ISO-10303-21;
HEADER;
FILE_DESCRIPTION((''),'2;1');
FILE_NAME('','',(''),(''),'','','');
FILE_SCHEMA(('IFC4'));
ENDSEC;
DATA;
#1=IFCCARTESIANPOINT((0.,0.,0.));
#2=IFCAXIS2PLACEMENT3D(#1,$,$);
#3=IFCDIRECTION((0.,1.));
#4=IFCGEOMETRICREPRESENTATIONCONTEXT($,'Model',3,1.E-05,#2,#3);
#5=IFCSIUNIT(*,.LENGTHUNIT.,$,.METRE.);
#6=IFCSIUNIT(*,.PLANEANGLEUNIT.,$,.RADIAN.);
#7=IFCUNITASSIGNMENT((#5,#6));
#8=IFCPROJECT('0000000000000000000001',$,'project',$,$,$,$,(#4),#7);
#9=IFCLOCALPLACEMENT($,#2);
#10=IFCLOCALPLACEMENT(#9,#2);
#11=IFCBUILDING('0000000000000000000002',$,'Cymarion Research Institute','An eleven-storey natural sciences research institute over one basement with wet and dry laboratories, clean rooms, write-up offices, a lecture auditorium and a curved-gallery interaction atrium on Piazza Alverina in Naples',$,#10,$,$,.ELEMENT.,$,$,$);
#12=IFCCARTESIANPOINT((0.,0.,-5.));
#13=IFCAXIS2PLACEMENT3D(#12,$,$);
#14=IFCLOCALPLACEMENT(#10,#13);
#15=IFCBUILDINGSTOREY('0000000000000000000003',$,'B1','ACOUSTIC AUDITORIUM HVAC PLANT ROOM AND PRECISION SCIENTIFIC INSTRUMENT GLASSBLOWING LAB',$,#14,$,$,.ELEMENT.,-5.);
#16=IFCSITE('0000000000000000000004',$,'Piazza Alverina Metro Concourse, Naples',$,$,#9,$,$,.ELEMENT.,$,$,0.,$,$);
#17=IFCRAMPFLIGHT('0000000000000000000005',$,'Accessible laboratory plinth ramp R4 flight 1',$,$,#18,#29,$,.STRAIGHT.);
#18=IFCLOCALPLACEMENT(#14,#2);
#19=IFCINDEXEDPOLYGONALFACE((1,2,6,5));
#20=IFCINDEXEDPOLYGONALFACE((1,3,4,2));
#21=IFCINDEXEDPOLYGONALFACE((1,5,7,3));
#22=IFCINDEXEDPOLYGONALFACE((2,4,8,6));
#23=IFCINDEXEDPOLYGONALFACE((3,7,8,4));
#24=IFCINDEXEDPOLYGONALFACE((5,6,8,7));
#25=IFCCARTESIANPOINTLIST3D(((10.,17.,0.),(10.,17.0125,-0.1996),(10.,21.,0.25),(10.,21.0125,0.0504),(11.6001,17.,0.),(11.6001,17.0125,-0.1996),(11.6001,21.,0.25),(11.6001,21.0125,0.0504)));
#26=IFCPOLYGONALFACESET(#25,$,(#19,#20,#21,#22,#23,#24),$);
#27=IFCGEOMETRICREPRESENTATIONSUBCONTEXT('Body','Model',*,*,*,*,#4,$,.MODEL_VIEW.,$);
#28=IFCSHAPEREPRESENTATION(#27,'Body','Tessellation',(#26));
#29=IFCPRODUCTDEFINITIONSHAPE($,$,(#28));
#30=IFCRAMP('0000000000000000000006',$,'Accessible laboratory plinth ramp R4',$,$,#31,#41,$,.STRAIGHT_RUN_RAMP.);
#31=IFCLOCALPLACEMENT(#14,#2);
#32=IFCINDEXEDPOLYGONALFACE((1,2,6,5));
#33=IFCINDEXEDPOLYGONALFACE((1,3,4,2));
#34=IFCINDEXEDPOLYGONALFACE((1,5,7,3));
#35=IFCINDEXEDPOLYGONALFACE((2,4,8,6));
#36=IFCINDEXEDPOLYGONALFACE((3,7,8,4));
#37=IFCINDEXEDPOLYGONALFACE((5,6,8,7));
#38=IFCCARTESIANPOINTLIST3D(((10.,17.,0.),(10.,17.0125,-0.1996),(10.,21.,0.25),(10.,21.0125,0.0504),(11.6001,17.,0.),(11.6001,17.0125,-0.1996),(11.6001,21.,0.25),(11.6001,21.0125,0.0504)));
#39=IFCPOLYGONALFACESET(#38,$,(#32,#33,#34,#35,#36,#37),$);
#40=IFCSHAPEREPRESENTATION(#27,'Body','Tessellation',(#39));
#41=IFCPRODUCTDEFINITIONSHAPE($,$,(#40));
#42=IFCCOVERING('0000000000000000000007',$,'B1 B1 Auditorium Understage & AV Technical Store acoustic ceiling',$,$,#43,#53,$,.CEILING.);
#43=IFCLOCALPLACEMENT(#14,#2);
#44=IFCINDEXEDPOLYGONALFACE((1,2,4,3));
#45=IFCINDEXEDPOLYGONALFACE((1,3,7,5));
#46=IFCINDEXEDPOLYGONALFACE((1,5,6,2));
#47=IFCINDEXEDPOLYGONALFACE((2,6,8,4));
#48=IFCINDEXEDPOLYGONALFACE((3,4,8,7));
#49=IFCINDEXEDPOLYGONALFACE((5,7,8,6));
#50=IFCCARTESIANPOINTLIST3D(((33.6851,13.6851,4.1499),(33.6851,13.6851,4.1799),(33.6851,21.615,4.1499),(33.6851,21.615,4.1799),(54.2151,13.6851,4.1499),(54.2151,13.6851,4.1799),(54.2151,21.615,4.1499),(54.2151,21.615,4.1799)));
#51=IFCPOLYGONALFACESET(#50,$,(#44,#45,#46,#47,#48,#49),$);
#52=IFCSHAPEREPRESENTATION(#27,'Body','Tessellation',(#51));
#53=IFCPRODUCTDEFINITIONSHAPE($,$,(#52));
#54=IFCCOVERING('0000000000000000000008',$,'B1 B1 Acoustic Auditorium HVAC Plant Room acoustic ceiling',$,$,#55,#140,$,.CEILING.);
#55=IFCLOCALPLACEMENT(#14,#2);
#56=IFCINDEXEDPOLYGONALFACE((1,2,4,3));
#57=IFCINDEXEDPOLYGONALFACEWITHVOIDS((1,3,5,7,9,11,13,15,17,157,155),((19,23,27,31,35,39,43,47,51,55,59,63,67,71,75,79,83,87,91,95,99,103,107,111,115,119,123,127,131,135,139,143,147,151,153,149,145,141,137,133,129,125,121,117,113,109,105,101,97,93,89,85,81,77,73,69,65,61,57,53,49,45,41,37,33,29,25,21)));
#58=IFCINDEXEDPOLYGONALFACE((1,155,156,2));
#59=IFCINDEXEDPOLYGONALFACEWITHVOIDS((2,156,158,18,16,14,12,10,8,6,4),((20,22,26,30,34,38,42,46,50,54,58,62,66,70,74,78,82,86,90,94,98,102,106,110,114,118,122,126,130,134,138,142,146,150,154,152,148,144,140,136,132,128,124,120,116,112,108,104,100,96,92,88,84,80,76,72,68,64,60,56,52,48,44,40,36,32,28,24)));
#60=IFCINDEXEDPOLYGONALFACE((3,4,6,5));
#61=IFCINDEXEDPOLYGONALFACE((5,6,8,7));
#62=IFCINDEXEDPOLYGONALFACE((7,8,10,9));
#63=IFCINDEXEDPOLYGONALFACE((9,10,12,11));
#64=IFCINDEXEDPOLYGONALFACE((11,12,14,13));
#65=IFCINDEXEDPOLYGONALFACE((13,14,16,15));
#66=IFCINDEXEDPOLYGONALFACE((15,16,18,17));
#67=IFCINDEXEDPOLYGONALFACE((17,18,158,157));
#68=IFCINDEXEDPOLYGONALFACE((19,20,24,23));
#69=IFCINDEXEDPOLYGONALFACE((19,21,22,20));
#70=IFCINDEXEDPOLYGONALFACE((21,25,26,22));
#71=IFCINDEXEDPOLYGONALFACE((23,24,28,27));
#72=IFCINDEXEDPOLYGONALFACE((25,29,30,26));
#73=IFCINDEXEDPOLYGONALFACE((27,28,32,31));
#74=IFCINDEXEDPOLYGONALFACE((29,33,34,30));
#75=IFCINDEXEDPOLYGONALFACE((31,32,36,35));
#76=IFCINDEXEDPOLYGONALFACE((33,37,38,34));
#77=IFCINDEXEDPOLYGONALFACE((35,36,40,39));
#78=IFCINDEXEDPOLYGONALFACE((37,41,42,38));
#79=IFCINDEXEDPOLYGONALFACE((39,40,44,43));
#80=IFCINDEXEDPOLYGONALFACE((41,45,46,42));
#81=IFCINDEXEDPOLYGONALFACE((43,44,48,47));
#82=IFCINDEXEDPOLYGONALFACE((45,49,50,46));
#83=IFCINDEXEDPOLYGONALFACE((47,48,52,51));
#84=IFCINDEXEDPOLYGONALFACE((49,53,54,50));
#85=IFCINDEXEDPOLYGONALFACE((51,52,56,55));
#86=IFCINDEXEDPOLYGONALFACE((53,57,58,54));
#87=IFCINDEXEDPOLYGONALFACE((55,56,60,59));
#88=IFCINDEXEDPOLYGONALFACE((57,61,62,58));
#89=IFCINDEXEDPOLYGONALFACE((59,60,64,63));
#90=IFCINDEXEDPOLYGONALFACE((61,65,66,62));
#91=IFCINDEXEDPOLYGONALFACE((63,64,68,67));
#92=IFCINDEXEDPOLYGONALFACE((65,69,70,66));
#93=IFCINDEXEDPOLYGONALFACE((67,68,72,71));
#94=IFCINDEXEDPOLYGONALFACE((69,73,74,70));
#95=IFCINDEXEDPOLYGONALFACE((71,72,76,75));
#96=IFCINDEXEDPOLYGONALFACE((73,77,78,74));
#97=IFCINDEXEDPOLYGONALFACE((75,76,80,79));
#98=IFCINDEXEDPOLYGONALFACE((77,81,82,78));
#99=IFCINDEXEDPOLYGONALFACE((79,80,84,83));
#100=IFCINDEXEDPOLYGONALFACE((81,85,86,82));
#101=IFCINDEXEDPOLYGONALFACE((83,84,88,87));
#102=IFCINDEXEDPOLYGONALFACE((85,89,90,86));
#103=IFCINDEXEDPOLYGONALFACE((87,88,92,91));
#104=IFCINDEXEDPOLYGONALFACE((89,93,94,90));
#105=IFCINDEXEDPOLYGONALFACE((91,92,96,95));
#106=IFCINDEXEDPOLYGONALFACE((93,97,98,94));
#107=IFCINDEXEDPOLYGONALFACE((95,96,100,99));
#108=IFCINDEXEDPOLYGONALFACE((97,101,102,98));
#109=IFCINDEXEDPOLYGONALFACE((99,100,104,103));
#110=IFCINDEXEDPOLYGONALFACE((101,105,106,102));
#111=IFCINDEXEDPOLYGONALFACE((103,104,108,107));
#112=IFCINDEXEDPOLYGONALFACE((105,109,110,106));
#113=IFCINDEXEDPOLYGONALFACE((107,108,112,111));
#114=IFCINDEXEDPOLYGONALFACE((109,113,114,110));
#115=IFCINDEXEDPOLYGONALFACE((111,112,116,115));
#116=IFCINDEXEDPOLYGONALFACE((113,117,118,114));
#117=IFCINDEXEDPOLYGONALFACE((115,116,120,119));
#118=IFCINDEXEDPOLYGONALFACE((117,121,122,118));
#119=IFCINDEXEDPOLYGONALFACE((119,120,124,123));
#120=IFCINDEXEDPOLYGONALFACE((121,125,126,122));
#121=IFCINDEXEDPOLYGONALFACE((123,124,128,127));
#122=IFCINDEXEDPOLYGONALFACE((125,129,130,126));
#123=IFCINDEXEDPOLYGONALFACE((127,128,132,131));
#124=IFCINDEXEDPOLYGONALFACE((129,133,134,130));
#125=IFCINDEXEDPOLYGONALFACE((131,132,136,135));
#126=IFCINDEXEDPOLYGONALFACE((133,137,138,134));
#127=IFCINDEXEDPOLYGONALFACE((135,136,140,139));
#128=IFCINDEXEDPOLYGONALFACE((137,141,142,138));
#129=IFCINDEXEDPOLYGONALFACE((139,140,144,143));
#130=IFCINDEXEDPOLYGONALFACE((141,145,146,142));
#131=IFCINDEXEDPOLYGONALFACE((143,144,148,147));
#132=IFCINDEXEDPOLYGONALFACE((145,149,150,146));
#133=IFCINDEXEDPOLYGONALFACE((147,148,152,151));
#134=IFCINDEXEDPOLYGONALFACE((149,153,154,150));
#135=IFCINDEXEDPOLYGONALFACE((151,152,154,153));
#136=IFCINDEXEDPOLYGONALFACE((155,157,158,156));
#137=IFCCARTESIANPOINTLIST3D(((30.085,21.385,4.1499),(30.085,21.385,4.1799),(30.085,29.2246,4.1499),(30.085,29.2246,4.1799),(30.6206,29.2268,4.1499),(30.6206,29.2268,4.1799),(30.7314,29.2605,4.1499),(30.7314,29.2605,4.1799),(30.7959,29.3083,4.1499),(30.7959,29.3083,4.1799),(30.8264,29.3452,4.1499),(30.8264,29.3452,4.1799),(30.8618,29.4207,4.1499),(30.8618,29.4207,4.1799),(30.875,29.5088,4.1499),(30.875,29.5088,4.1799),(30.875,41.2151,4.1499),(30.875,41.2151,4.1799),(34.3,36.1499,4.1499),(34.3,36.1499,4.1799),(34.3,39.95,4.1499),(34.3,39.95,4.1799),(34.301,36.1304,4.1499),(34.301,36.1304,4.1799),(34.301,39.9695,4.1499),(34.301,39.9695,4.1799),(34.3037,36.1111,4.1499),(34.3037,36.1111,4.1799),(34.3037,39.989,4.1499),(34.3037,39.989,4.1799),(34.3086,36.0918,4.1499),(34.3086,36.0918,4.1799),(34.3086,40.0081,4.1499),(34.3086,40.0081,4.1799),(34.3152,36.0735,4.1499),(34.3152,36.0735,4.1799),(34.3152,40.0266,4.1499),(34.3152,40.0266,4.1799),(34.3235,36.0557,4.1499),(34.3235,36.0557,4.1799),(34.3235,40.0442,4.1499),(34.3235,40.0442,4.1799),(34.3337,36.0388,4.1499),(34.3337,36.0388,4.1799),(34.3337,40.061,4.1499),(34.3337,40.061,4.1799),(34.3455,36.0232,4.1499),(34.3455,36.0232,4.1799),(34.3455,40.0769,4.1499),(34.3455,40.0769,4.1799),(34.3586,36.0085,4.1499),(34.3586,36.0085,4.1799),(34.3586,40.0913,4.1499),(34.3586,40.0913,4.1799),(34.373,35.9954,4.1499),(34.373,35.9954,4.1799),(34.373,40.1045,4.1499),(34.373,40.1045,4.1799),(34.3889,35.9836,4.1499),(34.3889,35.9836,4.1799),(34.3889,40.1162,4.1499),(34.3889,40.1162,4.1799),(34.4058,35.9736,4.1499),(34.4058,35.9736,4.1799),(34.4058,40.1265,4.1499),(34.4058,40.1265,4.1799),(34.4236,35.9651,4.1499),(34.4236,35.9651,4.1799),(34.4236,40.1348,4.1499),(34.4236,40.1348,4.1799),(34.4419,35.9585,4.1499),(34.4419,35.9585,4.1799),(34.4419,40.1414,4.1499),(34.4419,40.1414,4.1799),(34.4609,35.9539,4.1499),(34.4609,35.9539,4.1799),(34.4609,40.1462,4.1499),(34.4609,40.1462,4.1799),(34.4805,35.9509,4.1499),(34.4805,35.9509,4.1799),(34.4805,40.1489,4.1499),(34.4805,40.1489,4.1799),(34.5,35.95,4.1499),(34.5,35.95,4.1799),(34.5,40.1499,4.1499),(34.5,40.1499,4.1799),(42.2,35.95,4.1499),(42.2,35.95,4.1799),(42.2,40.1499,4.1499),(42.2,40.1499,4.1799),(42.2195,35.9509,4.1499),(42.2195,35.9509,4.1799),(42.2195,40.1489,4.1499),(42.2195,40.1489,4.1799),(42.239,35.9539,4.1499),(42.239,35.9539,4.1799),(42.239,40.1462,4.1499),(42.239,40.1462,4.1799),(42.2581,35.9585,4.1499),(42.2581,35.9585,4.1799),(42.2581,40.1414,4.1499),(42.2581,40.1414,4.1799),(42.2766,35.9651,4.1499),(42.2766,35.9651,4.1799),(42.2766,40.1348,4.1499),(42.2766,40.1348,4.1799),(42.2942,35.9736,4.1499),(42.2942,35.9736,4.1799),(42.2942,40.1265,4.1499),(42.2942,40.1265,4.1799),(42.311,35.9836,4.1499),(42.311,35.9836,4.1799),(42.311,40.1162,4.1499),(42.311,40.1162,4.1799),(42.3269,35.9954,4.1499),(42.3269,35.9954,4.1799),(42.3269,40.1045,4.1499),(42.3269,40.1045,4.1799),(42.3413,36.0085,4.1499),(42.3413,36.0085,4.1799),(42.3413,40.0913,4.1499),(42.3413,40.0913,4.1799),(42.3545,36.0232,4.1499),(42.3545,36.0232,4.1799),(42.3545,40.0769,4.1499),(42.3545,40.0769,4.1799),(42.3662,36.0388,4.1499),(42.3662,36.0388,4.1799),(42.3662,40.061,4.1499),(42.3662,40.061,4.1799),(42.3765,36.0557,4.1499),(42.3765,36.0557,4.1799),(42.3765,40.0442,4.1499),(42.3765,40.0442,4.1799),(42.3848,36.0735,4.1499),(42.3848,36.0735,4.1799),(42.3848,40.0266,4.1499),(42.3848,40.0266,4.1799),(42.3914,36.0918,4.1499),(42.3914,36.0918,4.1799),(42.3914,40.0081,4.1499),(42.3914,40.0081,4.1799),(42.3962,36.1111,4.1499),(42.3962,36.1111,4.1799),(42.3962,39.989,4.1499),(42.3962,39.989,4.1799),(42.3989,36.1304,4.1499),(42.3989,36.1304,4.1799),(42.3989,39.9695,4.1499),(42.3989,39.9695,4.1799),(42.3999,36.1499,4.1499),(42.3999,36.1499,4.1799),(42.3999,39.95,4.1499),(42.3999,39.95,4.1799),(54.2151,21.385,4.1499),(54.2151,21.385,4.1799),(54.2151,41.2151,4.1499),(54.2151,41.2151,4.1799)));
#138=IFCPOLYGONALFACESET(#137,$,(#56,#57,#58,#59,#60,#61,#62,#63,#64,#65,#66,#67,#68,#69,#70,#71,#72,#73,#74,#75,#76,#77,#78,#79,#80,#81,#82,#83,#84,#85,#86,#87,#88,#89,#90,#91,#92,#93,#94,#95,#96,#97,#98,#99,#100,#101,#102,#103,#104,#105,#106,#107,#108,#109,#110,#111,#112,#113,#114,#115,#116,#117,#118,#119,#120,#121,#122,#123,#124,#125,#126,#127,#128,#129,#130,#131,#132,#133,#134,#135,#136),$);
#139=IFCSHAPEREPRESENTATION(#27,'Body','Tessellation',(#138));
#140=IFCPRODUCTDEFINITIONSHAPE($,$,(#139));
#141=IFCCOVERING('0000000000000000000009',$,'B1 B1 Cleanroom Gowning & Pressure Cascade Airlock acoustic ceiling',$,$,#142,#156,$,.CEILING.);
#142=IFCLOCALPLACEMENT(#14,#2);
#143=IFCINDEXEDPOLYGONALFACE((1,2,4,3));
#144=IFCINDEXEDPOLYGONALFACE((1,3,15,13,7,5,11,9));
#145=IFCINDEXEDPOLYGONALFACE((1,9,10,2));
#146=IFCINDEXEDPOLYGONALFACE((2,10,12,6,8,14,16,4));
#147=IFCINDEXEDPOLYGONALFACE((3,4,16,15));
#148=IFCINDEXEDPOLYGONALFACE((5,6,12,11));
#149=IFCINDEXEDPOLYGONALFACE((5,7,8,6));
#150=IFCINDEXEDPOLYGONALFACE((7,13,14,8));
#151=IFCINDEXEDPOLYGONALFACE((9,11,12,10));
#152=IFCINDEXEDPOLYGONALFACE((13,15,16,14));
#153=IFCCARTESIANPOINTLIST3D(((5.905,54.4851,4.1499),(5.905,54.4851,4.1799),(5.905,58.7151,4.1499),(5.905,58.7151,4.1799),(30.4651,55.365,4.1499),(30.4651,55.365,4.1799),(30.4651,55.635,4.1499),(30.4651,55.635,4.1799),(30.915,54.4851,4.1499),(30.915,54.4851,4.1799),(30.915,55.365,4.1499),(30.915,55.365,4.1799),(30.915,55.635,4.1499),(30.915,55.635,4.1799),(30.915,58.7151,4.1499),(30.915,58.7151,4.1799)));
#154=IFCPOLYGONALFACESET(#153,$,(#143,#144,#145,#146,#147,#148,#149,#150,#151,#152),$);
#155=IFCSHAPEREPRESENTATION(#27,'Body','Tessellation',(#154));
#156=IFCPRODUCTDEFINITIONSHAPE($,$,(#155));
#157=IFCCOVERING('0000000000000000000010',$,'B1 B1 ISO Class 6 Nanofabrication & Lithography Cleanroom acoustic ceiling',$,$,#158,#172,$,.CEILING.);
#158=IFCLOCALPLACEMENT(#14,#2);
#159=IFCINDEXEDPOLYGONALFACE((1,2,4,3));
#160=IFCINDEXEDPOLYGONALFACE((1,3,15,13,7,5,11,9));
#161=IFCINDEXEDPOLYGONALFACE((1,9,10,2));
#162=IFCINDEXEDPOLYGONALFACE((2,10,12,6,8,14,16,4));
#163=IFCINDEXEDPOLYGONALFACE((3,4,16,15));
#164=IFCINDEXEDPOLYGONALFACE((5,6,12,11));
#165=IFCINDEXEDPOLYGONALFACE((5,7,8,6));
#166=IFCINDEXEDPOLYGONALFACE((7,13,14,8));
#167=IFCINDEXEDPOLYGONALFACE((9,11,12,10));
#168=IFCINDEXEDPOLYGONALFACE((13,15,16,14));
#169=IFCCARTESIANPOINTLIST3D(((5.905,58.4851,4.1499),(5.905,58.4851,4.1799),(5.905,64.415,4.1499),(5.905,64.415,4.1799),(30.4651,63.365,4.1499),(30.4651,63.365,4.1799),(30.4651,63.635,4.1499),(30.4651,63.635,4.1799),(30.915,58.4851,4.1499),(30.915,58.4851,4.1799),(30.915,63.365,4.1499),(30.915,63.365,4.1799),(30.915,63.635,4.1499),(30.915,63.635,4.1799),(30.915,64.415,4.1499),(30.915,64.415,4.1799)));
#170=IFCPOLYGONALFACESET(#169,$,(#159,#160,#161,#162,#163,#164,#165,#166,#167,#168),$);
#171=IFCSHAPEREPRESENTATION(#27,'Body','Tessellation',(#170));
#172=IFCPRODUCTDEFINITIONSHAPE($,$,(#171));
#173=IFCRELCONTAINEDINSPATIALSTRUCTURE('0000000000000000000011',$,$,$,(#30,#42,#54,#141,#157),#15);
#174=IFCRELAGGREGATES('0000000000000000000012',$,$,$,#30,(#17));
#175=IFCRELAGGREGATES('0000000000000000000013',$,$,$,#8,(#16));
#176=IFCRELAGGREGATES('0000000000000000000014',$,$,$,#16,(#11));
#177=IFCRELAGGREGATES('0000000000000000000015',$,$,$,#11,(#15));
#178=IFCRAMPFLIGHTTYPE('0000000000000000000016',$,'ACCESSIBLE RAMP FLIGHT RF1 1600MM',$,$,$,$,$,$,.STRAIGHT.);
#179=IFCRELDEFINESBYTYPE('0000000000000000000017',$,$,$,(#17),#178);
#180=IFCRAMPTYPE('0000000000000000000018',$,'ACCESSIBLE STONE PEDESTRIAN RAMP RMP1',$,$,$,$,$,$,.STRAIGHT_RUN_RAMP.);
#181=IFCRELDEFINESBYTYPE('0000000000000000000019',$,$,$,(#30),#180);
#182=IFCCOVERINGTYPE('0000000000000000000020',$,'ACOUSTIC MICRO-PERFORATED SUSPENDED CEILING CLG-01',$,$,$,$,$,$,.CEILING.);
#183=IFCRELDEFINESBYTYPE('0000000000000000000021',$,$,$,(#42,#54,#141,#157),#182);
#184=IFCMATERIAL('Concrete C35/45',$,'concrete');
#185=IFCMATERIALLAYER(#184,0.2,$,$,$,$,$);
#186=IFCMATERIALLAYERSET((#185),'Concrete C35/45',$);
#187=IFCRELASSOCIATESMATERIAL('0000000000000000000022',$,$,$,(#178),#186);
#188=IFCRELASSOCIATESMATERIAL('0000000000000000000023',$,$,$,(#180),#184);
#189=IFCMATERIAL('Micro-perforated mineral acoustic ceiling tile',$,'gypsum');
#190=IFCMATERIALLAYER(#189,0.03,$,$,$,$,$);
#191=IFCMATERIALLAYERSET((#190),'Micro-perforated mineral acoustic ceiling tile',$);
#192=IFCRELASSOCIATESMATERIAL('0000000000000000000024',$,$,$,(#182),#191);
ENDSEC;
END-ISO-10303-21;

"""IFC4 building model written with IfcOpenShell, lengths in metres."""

from ifc_helpers import new_model, si_unit, direction, frame, origin, place, context, subcontext, project, spatial, polyline, outline, extrude, material, layer, layer_set, type_object, element, aggregate, save


model = new_model("IFC4")

# Units and contexts
model_context = context("Model", 3, precision=1e-05, world=origin(), true_north=direction((0.0, 1.0)))
body_context = subcontext(model_context, "Body", "Model", "MODEL_VIEW")
ifc_project = project(units=[si_unit("LENGTHUNIT", "METRE"), si_unit("PLANEANGLEUNIT", "RADIAN")], contexts=[model_context])

# Site, building, storey
site_placement = place(None, origin())
site = spatial("IfcSite", under=ifc_project, at=site_placement, Name="Piazza Alverina Metro Concourse, Naples", CompositionType="ELEMENT", RefElevation=0.0)
building_placement = place(site_placement, origin())
building = spatial("IfcBuilding", under=site, at=building_placement, Name="Cymarion Research Institute", Description="An eleven-storey natural sciences research institute over one basement with wet and dry laboratories, clean rooms, write-up offices, a lecture auditorium and a curved-gallery interaction atrium on Piazza Alverina in Naples", CompositionType="ELEMENT")
storey_placement = place(building_placement, frame((0.0, 0.0, -5.0)))
storey = spatial("IfcBuildingStorey", under=building, at=storey_placement, Name="B1", Description="ACOUSTIC AUDITORIUM HVAC PLANT ROOM AND PRECISION SCIENTIFIC INSTRUMENT GLASSBLOWING LAB", CompositionType="ELEMENT", Elevation=-5.0)

# Shared definitions
ifc_material_1 = material(Name="Concrete C35/45", Category="concrete")

# Ramp flight
ifc_layer_1 = layer(ifc_material_1, 0.2)
ifc_layer_set_1 = layer_set([ifc_layer_1], Name="Concrete C35/45")
ramp_flight_type = type_object("IfcRampFlightType", Name="ACCESSIBLE RAMP FLIGHT RF1 1600MM", PredefinedType="STRAIGHT", material=ifc_layer_set_1)
ramp_flight_placement = place(storey_placement, frame((10.0, 17.0, 0.0), z_axis=(0.0, -0.062378, 0.998053), x_axis=(1.0, 0.0, 0.0)))
ramp_flight = element("IfcRampFlight", 1, at=ramp_flight_placement, type_object=ramp_flight_type, Name="Accessible laboratory plinth ramp R4 flight 1", PredefinedType="STRAIGHT", context=body_context, shape_type="SweptSolid", body=[
    extrude(outline(polyline([(0.0, 0.0), (1.6001, 0.0), (1.6001, 4.0078), (0.0, 4.0078), (0.0, 0.0)])), origin(), (0.0, 0.0, -1.0), 0.2),
])

# Ramp
ramp_type = type_object("IfcRampType", Name="ACCESSIBLE STONE PEDESTRIAN RAMP RMP1", PredefinedType="STRAIGHT_RUN_RAMP", material=ifc_material_1)
ramp_placement = place(storey_placement, frame((10.0, 17.0, 0.0), z_axis=(0.0, -0.062378, 0.998053), x_axis=(1.0, 0.0, 0.0)))
ramp = element("IfcRamp", 2, at=ramp_placement, inside=storey, type_object=ramp_type, Name="Accessible laboratory plinth ramp R4", PredefinedType="STRAIGHT_RUN_RAMP", context=body_context, shape_type="SweptSolid", body=[
    extrude(outline(polyline([(0.0, 0.0), (1.6001, 0.0), (1.6001, 4.0078), (0.0, 4.0078), (0.0, 0.0)])), origin(), (0.0, 0.0, -1.0), 0.2),
])
aggregate(ramp, [ramp_flight])

# Coverings
ifc_material_2 = material(Name="Micro-perforated mineral acoustic ceiling tile", Category="gypsum")
ifc_layer_2 = layer(ifc_material_2, 0.03)
ifc_layer_set_2 = layer_set([ifc_layer_2], Name="Micro-perforated mineral acoustic ceiling tile")
covering_type = type_object("IfcCoveringType", Name="ACOUSTIC MICRO-PERFORATED SUSPENDED CEILING CLG-01", PredefinedType="CEILING", material=ifc_layer_set_2)
covering_1_placement = place(storey_placement, frame((0.0, 0.0, 4.1499)))
element("IfcCovering", 3, at=covering_1_placement, inside=storey, type_object=covering_type, Name="B1 B1 Auditorium Understage & AV Technical Store acoustic ceiling", PredefinedType="CEILING", context=body_context, shape_type="SweptSolid", body=[
    extrude(outline(polyline([(54.2151, 21.615), (54.2151, 13.6851), (33.6851, 13.6851), (33.6851, 21.615), (54.2151, 21.615)])), origin(), (0.0, 0.0, 1.0), 0.03),
])
covering_2_placement = place(storey_placement, frame((0.0, 0.0, 4.1499)))
element("IfcCovering", 4, at=covering_2_placement, inside=storey, type_object=covering_type, Name="B1 B1 Acoustic Auditorium HVAC Plant Room acoustic ceiling", PredefinedType="CEILING", context=body_context, shape_type="SweptSolid", body=[
    extrude(outline(polyline([(30.085, 21.385), (30.085, 29.2246), (30.6206, 29.2268), (30.7314, 29.2605), (30.7959, 29.3083), (30.8264, 29.3452), (30.8618, 29.4207), (30.875, 29.5088), (30.875, 41.2151), (54.2151, 41.2151), (54.2151, 21.385), (30.085, 21.385)]), holes=[polyline([(34.4609, 35.9539), (34.4805, 35.9509), (34.5, 35.95), (42.2, 35.95), (42.2195, 35.9509), (42.239, 35.9539), (42.2581, 35.9585), (42.2766, 35.9651), (42.2942, 35.9736), (42.311, 35.9836), (42.3269, 35.9954), (42.3413, 36.0085), (42.3545, 36.0232), (42.3662, 36.0388), (42.3765, 36.0557), (42.3848, 36.0735), (42.3914, 36.0918), (42.3962, 36.1111), (42.3989, 36.1304), (42.3999, 36.1499), (42.3999, 39.95), (42.3989, 39.9695), (42.3962, 39.989), (42.3914, 40.0081), (42.3848, 40.0266), (42.3765, 40.0442), (42.3662, 40.061), (42.3545, 40.0769), (42.3413, 40.0913), (42.3269, 40.1045), (42.311, 40.1162), (42.2942, 40.1265), (42.2766, 40.1348), (42.2581, 40.1414), (42.239, 40.1462), (42.2195, 40.1489), (42.2, 40.1499), (34.5, 40.1499), (34.4805, 40.1489), (34.4609, 40.1462), (34.4419, 40.1414), (34.4236, 40.1348), (34.4058, 40.1265), (34.3889, 40.1162), (34.373, 40.1045), (34.3586, 40.0913), (34.3455, 40.0769), (34.3337, 40.061), (34.3235, 40.0442), (34.3152, 40.0266), (34.3086, 40.0081), (34.3037, 39.989), (34.301, 39.9695), (34.3, 39.95), (34.3, 36.1499), (34.301, 36.1304), (34.3037, 36.1111), (34.3086, 36.0918), (34.3152, 36.0735), (34.3235, 36.0557), (34.3337, 36.0388), (34.3455, 36.0232), (34.3586, 36.0085), (34.373, 35.9954), (34.3889, 35.9836), (34.4058, 35.9736), (34.4236, 35.9651), (34.4419, 35.9585), (34.4609, 35.9539)])]), origin(), (0.0, 0.0, 1.0), 0.03),
])
covering_3_placement = place(storey_placement, frame((0.0, 0.0, 4.1499)))
element("IfcCovering", 5, at=covering_3_placement, inside=storey, type_object=covering_type, Name="B1 B1 Cleanroom Gowning & Pressure Cascade Airlock acoustic ceiling", PredefinedType="CEILING", context=body_context, shape_type="SweptSolid", body=[
    extrude(outline(polyline([(30.4651, 55.635), (30.4651, 55.365), (30.915, 55.365), (30.915, 54.4851), (5.905, 54.4851), (5.905, 58.7151), (30.915, 58.7151), (30.915, 55.635), (30.4651, 55.635)])), origin(), (0.0, 0.0, 1.0), 0.03),
])
covering_4_placement = place(storey_placement, frame((0.0, 0.0, 4.1499)))
element("IfcCovering", 6, at=covering_4_placement, inside=storey, type_object=covering_type, Name="B1 B1 ISO Class 6 Nanofabrication & Lithography Cleanroom acoustic ceiling", PredefinedType="CEILING", context=body_context, shape_type="SweptSolid", body=[
    extrude(outline(polyline([(30.4651, 63.635), (30.4651, 63.365), (30.915, 63.365), (30.915, 58.4851), (5.905, 58.4851), (5.905, 64.415), (30.915, 64.415), (30.915, 63.635), (30.4651, 63.635)])), origin(), (0.0, 0.0, 1.0), 0.03),
])

save(model, "model.ifc")
